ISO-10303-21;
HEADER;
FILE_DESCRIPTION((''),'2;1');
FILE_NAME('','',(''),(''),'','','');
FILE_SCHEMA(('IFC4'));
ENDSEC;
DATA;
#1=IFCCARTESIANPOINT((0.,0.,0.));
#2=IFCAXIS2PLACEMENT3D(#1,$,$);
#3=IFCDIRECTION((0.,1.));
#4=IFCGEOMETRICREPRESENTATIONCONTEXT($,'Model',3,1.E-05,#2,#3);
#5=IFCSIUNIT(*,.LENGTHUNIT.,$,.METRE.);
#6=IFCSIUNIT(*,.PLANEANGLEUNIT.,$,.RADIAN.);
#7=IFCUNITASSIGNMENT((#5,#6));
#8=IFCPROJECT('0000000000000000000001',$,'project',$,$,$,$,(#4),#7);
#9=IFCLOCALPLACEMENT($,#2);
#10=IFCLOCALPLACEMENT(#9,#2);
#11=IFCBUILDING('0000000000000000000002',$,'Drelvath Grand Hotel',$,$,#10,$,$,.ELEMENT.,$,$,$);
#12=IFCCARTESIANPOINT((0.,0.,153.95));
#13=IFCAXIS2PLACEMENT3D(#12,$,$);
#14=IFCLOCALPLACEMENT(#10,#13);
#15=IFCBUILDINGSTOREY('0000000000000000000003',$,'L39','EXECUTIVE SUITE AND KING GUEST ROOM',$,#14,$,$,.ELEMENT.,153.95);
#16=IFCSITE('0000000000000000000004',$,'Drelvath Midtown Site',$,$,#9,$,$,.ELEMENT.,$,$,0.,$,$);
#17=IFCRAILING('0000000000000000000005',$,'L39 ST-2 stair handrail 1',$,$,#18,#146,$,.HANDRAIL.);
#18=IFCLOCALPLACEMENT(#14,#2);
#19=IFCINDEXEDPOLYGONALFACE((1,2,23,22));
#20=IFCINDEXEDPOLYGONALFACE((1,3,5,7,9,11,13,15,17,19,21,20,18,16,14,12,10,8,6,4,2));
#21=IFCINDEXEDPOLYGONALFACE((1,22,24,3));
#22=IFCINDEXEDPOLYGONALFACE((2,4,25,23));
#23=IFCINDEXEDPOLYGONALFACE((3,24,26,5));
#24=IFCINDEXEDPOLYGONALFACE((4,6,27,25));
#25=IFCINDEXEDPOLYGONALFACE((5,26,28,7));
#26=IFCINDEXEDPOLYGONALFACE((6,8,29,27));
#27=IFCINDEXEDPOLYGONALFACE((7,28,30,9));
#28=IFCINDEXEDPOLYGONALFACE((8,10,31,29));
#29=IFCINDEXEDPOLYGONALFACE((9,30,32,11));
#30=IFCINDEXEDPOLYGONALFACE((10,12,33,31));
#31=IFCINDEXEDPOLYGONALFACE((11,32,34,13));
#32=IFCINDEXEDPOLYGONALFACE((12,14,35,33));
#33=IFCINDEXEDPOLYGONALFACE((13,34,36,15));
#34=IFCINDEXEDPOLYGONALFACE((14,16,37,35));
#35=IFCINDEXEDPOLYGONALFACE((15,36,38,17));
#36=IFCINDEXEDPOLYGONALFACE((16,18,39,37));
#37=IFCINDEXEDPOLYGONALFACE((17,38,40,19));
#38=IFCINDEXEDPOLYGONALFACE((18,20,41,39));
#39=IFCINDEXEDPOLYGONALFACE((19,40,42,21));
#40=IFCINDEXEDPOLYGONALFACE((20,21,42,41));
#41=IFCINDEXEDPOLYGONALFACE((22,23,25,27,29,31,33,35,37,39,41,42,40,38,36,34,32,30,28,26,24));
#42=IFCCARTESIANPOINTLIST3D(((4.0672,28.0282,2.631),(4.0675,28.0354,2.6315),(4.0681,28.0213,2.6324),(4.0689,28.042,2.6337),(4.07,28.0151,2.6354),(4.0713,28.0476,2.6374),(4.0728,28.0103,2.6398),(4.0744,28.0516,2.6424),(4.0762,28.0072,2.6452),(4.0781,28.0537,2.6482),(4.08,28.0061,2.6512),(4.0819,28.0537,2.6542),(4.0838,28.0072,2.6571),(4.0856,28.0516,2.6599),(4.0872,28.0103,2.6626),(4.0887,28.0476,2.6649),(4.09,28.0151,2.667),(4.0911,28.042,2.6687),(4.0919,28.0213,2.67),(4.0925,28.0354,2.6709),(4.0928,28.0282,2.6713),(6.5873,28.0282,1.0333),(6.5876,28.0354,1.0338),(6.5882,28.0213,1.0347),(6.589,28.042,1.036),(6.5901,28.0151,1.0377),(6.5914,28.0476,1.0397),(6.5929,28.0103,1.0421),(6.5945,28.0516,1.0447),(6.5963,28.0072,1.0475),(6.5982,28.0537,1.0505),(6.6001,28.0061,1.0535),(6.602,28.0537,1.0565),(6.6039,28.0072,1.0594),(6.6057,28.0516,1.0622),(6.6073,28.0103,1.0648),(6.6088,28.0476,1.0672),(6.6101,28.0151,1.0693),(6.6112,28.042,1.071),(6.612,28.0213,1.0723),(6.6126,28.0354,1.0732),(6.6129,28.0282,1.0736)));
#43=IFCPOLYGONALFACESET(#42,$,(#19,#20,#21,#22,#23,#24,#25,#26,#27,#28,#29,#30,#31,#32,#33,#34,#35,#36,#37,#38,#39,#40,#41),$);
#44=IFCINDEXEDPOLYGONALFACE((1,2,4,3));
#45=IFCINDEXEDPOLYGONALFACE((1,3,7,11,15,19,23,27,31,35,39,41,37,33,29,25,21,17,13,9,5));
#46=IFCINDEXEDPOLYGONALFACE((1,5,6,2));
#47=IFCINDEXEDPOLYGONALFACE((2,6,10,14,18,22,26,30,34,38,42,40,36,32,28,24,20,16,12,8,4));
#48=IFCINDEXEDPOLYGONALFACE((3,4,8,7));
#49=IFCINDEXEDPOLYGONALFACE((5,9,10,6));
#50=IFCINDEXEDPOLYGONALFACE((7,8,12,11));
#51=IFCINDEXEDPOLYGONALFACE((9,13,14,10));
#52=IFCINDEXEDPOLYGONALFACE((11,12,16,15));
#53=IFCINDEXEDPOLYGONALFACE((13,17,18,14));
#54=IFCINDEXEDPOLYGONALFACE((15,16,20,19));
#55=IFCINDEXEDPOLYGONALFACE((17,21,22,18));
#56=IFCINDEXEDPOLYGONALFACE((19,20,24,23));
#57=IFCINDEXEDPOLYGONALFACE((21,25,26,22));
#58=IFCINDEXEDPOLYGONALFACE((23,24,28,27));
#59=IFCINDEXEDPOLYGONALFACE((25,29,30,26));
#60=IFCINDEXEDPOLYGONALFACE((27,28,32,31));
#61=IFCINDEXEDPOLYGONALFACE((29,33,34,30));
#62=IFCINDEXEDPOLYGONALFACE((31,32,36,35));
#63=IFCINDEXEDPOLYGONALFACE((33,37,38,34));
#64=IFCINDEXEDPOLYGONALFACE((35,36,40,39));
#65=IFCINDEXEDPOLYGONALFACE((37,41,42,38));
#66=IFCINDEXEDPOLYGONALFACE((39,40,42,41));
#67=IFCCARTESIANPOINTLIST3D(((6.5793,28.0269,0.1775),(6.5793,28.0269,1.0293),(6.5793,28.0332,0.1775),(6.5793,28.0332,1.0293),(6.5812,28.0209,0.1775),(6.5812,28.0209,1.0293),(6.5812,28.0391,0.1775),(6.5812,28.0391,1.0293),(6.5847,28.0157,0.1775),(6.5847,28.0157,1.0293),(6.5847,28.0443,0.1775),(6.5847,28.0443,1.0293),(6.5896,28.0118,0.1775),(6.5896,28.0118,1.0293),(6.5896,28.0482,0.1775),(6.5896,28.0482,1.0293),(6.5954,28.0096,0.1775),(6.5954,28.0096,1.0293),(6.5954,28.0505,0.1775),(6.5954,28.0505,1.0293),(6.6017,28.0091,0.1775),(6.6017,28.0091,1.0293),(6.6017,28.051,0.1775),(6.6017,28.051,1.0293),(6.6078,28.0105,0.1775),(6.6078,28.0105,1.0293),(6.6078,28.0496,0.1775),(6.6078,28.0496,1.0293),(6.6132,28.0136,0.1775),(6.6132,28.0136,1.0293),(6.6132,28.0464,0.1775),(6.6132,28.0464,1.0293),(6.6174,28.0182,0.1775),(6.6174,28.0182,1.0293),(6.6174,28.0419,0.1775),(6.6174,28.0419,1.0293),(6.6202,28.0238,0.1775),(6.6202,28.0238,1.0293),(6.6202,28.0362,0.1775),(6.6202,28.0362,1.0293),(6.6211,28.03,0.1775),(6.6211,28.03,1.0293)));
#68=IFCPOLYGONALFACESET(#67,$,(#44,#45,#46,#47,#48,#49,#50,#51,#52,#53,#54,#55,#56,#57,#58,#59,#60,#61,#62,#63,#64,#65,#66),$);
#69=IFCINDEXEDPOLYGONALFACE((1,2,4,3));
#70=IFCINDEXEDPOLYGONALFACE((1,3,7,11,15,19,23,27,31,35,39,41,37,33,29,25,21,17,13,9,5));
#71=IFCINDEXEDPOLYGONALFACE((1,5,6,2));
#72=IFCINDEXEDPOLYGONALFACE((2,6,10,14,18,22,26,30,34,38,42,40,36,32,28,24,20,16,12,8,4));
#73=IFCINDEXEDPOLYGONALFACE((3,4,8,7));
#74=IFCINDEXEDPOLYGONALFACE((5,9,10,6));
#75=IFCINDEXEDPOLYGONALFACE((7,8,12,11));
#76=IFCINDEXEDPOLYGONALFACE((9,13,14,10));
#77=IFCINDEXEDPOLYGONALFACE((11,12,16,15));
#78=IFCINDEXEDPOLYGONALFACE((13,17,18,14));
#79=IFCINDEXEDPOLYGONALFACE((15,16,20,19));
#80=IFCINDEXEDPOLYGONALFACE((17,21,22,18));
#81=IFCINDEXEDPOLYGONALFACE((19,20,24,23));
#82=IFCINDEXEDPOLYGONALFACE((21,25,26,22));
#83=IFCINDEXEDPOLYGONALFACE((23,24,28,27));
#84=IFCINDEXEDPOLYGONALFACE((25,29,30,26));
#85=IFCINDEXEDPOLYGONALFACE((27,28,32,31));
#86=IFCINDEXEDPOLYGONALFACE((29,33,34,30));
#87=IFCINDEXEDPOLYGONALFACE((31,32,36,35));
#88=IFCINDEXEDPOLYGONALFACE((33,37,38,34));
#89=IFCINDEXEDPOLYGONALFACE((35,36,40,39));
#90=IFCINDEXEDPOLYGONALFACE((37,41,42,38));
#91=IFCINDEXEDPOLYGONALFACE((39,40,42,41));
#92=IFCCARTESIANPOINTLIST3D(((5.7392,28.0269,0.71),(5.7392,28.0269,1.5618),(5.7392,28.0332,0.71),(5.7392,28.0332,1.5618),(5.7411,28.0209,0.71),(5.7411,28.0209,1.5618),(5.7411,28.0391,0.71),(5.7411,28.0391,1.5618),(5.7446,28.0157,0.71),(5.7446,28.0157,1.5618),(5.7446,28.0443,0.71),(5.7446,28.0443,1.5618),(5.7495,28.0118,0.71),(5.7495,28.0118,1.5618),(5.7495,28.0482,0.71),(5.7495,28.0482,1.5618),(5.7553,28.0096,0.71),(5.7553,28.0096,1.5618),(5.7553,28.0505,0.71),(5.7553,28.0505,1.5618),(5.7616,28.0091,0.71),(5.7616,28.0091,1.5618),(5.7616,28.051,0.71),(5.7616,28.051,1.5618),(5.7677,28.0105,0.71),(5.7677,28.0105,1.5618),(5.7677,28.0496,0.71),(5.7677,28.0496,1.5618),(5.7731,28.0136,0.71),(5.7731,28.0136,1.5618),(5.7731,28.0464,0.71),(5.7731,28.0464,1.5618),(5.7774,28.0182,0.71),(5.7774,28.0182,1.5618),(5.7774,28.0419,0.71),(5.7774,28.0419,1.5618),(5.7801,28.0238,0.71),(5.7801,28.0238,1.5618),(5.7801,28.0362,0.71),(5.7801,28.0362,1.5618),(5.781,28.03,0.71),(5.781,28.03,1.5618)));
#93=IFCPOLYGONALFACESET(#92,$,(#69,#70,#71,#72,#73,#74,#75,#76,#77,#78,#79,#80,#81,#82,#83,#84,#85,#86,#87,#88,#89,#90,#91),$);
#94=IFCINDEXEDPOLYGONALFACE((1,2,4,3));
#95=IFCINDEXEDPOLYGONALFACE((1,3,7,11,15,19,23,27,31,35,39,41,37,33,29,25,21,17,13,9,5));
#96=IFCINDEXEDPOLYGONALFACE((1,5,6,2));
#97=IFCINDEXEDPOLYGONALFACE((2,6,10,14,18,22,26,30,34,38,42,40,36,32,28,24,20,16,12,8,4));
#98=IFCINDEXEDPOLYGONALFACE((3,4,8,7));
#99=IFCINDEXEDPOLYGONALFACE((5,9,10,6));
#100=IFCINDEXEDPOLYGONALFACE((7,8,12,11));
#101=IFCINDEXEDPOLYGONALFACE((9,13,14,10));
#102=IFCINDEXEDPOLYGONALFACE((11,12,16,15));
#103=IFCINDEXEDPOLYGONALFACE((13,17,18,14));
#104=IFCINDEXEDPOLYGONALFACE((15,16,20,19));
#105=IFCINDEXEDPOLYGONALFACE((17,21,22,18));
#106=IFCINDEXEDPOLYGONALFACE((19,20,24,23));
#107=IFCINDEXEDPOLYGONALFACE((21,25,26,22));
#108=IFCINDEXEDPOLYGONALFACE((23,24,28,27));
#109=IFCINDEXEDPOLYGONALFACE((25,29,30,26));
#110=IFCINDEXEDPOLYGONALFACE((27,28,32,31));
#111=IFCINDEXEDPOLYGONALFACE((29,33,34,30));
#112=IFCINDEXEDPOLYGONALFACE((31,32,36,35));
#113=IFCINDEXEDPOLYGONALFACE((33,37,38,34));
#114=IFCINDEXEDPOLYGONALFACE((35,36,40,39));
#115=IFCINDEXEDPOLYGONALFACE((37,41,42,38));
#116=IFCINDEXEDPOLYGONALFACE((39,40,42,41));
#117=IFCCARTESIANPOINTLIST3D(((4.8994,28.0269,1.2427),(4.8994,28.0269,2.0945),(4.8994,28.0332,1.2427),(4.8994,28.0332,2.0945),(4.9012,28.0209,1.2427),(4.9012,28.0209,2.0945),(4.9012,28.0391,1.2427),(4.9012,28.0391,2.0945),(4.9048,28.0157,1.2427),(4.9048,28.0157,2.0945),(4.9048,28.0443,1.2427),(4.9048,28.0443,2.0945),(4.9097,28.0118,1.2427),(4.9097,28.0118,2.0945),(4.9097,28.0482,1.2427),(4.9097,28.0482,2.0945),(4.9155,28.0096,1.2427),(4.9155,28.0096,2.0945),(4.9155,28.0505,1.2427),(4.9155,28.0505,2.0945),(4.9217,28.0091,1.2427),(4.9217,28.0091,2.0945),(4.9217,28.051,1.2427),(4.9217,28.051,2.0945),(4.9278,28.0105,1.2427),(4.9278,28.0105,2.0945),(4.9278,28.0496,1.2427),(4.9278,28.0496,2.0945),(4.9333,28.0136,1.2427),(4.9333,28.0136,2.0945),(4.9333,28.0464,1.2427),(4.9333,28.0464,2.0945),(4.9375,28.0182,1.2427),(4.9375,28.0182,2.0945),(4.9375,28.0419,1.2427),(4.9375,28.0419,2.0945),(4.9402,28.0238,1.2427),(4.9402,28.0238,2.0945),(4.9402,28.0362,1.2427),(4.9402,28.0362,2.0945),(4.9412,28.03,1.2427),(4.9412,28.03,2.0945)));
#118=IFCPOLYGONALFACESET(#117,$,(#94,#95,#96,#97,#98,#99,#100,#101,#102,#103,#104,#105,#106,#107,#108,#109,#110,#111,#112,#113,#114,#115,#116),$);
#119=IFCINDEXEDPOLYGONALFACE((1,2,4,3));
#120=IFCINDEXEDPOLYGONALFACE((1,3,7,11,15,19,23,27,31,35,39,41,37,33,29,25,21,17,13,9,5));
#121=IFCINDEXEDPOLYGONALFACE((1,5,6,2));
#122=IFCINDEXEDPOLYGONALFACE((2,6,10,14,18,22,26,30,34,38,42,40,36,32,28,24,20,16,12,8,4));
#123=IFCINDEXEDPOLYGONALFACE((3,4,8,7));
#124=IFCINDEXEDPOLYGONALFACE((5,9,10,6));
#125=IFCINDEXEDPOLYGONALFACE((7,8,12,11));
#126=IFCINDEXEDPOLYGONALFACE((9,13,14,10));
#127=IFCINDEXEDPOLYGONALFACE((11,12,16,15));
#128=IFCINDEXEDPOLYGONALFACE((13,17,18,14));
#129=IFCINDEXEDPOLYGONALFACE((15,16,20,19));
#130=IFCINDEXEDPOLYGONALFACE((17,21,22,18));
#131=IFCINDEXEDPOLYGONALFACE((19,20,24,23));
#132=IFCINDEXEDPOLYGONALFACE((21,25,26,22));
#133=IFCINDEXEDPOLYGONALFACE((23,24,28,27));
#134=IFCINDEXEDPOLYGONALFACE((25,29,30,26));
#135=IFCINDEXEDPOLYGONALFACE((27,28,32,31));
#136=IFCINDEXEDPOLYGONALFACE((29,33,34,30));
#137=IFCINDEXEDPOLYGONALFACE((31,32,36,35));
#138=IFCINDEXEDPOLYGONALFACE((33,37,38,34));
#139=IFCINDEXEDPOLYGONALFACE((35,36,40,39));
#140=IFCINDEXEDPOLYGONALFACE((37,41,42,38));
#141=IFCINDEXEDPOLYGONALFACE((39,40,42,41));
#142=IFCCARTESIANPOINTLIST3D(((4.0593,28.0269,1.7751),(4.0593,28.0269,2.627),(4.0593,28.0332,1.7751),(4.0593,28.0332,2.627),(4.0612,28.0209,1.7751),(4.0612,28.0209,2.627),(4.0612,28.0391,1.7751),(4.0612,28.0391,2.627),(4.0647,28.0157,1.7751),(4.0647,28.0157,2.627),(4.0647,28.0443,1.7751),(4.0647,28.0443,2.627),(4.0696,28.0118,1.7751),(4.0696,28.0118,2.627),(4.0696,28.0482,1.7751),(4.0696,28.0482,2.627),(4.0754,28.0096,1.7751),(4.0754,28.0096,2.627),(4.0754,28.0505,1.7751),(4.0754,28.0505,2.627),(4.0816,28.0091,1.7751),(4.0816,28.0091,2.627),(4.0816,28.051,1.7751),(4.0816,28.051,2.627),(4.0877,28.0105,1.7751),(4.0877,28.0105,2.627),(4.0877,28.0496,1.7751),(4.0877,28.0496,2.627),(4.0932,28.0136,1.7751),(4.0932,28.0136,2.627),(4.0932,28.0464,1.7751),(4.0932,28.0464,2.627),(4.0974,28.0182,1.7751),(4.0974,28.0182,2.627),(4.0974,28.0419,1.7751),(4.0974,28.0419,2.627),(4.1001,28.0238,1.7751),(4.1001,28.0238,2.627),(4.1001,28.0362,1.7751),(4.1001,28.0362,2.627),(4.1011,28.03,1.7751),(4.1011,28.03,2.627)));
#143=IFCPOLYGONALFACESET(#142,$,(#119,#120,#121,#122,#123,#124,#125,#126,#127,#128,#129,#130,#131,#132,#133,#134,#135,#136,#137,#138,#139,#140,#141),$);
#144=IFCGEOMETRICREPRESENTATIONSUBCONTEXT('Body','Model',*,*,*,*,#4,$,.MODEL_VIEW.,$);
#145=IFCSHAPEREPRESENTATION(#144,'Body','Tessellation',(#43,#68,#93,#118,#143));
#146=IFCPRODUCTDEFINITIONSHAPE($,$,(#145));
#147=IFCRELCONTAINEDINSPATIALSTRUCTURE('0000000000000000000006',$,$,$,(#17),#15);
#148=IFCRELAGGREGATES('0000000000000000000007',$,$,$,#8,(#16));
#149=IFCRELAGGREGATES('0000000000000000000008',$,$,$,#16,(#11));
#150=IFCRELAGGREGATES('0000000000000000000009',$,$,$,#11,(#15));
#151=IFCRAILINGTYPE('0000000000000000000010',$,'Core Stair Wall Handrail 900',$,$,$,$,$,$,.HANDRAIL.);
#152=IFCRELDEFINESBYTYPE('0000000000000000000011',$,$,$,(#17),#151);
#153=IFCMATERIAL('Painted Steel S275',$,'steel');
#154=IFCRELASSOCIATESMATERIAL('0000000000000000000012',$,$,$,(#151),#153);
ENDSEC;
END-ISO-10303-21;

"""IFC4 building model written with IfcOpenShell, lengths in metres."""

from ifc_helpers import new_model, si_unit, direction, frame, origin, origin_2d, place, context, subcontext, project, spatial, circle, extrude, material, type_object, element, save


model = new_model("IFC4")

# Units and contexts
model_context = context("Model", 3, precision=1e-05, world=origin(), true_north=direction((0.0, 1.0)))
body_context = subcontext(model_context, "Body", "Model", "MODEL_VIEW")
ifc_project = project(units=[si_unit("LENGTHUNIT", "METRE"), si_unit("PLANEANGLEUNIT", "RADIAN")], contexts=[model_context])

# Site, building, storey
site_placement = place(None, origin())
site = spatial("IfcSite", under=ifc_project, at=site_placement, Name="Drelvath Midtown Site", CompositionType="ELEMENT", RefElevation=0.0)
building_placement = place(site_placement, origin())
building = spatial("IfcBuilding", under=site, at=building_placement, Name="Drelvath Grand Hotel", CompositionType="ELEMENT")
storey_placement = place(building_placement, frame((0.0, 0.0, 153.95)))
storey = spatial("IfcBuildingStorey", under=building, at=storey_placement, Name="L39", Description="EXECUTIVE SUITE AND KING GUEST ROOM", CompositionType="ELEMENT", Elevation=153.95)

# Shared definitions
ifc_material_1 = material(Name="Painted Steel S275", Category="steel")

# Railing
railing_type = type_object("IfcRailingType", Name="Core Stair Wall Handrail 900", PredefinedType="HANDRAIL", material=ifc_material_1)
railing_placement = place(storey_placement, frame((6.6001, 28.03, 0.1775)))
element("IfcRailing", 1, at=railing_placement, inside=storey, type_object=railing_type, Name="L39 ST-2 stair handrail 1", PredefinedType="HANDRAIL", context=body_context, shape_type="SweptSolid", body=[
    extrude(circle(Radius=0.0239, at=origin_2d()), frame((0.0, 0.0, 0.876), z_axis=(-0.84457, 0.0, 0.535445), x_axis=(0.0, -1.0, 0.0)), (0.0, 0.0, 1.0), 2.9839),
    extrude(circle(Radius=0.021, at=origin_2d()), origin(), (0.0, 0.0, 1.0), 0.8518),
    extrude(circle(Radius=0.021, at=origin_2d()), frame((-0.8401, 0.0, 0.5325)), (0.0, 0.0, 1.0), 0.8518),
    extrude(circle(Radius=0.021, at=origin_2d()), frame((-1.6799, 0.0, 1.0652)), (0.0, 0.0, 1.0), 0.8518),
    extrude(circle(Radius=0.021, at=origin_2d()), frame((-2.52, 0.0, 1.5977)), (0.0, 0.0, 1.0), 0.8518),
])

save(model, "model.ifc")
